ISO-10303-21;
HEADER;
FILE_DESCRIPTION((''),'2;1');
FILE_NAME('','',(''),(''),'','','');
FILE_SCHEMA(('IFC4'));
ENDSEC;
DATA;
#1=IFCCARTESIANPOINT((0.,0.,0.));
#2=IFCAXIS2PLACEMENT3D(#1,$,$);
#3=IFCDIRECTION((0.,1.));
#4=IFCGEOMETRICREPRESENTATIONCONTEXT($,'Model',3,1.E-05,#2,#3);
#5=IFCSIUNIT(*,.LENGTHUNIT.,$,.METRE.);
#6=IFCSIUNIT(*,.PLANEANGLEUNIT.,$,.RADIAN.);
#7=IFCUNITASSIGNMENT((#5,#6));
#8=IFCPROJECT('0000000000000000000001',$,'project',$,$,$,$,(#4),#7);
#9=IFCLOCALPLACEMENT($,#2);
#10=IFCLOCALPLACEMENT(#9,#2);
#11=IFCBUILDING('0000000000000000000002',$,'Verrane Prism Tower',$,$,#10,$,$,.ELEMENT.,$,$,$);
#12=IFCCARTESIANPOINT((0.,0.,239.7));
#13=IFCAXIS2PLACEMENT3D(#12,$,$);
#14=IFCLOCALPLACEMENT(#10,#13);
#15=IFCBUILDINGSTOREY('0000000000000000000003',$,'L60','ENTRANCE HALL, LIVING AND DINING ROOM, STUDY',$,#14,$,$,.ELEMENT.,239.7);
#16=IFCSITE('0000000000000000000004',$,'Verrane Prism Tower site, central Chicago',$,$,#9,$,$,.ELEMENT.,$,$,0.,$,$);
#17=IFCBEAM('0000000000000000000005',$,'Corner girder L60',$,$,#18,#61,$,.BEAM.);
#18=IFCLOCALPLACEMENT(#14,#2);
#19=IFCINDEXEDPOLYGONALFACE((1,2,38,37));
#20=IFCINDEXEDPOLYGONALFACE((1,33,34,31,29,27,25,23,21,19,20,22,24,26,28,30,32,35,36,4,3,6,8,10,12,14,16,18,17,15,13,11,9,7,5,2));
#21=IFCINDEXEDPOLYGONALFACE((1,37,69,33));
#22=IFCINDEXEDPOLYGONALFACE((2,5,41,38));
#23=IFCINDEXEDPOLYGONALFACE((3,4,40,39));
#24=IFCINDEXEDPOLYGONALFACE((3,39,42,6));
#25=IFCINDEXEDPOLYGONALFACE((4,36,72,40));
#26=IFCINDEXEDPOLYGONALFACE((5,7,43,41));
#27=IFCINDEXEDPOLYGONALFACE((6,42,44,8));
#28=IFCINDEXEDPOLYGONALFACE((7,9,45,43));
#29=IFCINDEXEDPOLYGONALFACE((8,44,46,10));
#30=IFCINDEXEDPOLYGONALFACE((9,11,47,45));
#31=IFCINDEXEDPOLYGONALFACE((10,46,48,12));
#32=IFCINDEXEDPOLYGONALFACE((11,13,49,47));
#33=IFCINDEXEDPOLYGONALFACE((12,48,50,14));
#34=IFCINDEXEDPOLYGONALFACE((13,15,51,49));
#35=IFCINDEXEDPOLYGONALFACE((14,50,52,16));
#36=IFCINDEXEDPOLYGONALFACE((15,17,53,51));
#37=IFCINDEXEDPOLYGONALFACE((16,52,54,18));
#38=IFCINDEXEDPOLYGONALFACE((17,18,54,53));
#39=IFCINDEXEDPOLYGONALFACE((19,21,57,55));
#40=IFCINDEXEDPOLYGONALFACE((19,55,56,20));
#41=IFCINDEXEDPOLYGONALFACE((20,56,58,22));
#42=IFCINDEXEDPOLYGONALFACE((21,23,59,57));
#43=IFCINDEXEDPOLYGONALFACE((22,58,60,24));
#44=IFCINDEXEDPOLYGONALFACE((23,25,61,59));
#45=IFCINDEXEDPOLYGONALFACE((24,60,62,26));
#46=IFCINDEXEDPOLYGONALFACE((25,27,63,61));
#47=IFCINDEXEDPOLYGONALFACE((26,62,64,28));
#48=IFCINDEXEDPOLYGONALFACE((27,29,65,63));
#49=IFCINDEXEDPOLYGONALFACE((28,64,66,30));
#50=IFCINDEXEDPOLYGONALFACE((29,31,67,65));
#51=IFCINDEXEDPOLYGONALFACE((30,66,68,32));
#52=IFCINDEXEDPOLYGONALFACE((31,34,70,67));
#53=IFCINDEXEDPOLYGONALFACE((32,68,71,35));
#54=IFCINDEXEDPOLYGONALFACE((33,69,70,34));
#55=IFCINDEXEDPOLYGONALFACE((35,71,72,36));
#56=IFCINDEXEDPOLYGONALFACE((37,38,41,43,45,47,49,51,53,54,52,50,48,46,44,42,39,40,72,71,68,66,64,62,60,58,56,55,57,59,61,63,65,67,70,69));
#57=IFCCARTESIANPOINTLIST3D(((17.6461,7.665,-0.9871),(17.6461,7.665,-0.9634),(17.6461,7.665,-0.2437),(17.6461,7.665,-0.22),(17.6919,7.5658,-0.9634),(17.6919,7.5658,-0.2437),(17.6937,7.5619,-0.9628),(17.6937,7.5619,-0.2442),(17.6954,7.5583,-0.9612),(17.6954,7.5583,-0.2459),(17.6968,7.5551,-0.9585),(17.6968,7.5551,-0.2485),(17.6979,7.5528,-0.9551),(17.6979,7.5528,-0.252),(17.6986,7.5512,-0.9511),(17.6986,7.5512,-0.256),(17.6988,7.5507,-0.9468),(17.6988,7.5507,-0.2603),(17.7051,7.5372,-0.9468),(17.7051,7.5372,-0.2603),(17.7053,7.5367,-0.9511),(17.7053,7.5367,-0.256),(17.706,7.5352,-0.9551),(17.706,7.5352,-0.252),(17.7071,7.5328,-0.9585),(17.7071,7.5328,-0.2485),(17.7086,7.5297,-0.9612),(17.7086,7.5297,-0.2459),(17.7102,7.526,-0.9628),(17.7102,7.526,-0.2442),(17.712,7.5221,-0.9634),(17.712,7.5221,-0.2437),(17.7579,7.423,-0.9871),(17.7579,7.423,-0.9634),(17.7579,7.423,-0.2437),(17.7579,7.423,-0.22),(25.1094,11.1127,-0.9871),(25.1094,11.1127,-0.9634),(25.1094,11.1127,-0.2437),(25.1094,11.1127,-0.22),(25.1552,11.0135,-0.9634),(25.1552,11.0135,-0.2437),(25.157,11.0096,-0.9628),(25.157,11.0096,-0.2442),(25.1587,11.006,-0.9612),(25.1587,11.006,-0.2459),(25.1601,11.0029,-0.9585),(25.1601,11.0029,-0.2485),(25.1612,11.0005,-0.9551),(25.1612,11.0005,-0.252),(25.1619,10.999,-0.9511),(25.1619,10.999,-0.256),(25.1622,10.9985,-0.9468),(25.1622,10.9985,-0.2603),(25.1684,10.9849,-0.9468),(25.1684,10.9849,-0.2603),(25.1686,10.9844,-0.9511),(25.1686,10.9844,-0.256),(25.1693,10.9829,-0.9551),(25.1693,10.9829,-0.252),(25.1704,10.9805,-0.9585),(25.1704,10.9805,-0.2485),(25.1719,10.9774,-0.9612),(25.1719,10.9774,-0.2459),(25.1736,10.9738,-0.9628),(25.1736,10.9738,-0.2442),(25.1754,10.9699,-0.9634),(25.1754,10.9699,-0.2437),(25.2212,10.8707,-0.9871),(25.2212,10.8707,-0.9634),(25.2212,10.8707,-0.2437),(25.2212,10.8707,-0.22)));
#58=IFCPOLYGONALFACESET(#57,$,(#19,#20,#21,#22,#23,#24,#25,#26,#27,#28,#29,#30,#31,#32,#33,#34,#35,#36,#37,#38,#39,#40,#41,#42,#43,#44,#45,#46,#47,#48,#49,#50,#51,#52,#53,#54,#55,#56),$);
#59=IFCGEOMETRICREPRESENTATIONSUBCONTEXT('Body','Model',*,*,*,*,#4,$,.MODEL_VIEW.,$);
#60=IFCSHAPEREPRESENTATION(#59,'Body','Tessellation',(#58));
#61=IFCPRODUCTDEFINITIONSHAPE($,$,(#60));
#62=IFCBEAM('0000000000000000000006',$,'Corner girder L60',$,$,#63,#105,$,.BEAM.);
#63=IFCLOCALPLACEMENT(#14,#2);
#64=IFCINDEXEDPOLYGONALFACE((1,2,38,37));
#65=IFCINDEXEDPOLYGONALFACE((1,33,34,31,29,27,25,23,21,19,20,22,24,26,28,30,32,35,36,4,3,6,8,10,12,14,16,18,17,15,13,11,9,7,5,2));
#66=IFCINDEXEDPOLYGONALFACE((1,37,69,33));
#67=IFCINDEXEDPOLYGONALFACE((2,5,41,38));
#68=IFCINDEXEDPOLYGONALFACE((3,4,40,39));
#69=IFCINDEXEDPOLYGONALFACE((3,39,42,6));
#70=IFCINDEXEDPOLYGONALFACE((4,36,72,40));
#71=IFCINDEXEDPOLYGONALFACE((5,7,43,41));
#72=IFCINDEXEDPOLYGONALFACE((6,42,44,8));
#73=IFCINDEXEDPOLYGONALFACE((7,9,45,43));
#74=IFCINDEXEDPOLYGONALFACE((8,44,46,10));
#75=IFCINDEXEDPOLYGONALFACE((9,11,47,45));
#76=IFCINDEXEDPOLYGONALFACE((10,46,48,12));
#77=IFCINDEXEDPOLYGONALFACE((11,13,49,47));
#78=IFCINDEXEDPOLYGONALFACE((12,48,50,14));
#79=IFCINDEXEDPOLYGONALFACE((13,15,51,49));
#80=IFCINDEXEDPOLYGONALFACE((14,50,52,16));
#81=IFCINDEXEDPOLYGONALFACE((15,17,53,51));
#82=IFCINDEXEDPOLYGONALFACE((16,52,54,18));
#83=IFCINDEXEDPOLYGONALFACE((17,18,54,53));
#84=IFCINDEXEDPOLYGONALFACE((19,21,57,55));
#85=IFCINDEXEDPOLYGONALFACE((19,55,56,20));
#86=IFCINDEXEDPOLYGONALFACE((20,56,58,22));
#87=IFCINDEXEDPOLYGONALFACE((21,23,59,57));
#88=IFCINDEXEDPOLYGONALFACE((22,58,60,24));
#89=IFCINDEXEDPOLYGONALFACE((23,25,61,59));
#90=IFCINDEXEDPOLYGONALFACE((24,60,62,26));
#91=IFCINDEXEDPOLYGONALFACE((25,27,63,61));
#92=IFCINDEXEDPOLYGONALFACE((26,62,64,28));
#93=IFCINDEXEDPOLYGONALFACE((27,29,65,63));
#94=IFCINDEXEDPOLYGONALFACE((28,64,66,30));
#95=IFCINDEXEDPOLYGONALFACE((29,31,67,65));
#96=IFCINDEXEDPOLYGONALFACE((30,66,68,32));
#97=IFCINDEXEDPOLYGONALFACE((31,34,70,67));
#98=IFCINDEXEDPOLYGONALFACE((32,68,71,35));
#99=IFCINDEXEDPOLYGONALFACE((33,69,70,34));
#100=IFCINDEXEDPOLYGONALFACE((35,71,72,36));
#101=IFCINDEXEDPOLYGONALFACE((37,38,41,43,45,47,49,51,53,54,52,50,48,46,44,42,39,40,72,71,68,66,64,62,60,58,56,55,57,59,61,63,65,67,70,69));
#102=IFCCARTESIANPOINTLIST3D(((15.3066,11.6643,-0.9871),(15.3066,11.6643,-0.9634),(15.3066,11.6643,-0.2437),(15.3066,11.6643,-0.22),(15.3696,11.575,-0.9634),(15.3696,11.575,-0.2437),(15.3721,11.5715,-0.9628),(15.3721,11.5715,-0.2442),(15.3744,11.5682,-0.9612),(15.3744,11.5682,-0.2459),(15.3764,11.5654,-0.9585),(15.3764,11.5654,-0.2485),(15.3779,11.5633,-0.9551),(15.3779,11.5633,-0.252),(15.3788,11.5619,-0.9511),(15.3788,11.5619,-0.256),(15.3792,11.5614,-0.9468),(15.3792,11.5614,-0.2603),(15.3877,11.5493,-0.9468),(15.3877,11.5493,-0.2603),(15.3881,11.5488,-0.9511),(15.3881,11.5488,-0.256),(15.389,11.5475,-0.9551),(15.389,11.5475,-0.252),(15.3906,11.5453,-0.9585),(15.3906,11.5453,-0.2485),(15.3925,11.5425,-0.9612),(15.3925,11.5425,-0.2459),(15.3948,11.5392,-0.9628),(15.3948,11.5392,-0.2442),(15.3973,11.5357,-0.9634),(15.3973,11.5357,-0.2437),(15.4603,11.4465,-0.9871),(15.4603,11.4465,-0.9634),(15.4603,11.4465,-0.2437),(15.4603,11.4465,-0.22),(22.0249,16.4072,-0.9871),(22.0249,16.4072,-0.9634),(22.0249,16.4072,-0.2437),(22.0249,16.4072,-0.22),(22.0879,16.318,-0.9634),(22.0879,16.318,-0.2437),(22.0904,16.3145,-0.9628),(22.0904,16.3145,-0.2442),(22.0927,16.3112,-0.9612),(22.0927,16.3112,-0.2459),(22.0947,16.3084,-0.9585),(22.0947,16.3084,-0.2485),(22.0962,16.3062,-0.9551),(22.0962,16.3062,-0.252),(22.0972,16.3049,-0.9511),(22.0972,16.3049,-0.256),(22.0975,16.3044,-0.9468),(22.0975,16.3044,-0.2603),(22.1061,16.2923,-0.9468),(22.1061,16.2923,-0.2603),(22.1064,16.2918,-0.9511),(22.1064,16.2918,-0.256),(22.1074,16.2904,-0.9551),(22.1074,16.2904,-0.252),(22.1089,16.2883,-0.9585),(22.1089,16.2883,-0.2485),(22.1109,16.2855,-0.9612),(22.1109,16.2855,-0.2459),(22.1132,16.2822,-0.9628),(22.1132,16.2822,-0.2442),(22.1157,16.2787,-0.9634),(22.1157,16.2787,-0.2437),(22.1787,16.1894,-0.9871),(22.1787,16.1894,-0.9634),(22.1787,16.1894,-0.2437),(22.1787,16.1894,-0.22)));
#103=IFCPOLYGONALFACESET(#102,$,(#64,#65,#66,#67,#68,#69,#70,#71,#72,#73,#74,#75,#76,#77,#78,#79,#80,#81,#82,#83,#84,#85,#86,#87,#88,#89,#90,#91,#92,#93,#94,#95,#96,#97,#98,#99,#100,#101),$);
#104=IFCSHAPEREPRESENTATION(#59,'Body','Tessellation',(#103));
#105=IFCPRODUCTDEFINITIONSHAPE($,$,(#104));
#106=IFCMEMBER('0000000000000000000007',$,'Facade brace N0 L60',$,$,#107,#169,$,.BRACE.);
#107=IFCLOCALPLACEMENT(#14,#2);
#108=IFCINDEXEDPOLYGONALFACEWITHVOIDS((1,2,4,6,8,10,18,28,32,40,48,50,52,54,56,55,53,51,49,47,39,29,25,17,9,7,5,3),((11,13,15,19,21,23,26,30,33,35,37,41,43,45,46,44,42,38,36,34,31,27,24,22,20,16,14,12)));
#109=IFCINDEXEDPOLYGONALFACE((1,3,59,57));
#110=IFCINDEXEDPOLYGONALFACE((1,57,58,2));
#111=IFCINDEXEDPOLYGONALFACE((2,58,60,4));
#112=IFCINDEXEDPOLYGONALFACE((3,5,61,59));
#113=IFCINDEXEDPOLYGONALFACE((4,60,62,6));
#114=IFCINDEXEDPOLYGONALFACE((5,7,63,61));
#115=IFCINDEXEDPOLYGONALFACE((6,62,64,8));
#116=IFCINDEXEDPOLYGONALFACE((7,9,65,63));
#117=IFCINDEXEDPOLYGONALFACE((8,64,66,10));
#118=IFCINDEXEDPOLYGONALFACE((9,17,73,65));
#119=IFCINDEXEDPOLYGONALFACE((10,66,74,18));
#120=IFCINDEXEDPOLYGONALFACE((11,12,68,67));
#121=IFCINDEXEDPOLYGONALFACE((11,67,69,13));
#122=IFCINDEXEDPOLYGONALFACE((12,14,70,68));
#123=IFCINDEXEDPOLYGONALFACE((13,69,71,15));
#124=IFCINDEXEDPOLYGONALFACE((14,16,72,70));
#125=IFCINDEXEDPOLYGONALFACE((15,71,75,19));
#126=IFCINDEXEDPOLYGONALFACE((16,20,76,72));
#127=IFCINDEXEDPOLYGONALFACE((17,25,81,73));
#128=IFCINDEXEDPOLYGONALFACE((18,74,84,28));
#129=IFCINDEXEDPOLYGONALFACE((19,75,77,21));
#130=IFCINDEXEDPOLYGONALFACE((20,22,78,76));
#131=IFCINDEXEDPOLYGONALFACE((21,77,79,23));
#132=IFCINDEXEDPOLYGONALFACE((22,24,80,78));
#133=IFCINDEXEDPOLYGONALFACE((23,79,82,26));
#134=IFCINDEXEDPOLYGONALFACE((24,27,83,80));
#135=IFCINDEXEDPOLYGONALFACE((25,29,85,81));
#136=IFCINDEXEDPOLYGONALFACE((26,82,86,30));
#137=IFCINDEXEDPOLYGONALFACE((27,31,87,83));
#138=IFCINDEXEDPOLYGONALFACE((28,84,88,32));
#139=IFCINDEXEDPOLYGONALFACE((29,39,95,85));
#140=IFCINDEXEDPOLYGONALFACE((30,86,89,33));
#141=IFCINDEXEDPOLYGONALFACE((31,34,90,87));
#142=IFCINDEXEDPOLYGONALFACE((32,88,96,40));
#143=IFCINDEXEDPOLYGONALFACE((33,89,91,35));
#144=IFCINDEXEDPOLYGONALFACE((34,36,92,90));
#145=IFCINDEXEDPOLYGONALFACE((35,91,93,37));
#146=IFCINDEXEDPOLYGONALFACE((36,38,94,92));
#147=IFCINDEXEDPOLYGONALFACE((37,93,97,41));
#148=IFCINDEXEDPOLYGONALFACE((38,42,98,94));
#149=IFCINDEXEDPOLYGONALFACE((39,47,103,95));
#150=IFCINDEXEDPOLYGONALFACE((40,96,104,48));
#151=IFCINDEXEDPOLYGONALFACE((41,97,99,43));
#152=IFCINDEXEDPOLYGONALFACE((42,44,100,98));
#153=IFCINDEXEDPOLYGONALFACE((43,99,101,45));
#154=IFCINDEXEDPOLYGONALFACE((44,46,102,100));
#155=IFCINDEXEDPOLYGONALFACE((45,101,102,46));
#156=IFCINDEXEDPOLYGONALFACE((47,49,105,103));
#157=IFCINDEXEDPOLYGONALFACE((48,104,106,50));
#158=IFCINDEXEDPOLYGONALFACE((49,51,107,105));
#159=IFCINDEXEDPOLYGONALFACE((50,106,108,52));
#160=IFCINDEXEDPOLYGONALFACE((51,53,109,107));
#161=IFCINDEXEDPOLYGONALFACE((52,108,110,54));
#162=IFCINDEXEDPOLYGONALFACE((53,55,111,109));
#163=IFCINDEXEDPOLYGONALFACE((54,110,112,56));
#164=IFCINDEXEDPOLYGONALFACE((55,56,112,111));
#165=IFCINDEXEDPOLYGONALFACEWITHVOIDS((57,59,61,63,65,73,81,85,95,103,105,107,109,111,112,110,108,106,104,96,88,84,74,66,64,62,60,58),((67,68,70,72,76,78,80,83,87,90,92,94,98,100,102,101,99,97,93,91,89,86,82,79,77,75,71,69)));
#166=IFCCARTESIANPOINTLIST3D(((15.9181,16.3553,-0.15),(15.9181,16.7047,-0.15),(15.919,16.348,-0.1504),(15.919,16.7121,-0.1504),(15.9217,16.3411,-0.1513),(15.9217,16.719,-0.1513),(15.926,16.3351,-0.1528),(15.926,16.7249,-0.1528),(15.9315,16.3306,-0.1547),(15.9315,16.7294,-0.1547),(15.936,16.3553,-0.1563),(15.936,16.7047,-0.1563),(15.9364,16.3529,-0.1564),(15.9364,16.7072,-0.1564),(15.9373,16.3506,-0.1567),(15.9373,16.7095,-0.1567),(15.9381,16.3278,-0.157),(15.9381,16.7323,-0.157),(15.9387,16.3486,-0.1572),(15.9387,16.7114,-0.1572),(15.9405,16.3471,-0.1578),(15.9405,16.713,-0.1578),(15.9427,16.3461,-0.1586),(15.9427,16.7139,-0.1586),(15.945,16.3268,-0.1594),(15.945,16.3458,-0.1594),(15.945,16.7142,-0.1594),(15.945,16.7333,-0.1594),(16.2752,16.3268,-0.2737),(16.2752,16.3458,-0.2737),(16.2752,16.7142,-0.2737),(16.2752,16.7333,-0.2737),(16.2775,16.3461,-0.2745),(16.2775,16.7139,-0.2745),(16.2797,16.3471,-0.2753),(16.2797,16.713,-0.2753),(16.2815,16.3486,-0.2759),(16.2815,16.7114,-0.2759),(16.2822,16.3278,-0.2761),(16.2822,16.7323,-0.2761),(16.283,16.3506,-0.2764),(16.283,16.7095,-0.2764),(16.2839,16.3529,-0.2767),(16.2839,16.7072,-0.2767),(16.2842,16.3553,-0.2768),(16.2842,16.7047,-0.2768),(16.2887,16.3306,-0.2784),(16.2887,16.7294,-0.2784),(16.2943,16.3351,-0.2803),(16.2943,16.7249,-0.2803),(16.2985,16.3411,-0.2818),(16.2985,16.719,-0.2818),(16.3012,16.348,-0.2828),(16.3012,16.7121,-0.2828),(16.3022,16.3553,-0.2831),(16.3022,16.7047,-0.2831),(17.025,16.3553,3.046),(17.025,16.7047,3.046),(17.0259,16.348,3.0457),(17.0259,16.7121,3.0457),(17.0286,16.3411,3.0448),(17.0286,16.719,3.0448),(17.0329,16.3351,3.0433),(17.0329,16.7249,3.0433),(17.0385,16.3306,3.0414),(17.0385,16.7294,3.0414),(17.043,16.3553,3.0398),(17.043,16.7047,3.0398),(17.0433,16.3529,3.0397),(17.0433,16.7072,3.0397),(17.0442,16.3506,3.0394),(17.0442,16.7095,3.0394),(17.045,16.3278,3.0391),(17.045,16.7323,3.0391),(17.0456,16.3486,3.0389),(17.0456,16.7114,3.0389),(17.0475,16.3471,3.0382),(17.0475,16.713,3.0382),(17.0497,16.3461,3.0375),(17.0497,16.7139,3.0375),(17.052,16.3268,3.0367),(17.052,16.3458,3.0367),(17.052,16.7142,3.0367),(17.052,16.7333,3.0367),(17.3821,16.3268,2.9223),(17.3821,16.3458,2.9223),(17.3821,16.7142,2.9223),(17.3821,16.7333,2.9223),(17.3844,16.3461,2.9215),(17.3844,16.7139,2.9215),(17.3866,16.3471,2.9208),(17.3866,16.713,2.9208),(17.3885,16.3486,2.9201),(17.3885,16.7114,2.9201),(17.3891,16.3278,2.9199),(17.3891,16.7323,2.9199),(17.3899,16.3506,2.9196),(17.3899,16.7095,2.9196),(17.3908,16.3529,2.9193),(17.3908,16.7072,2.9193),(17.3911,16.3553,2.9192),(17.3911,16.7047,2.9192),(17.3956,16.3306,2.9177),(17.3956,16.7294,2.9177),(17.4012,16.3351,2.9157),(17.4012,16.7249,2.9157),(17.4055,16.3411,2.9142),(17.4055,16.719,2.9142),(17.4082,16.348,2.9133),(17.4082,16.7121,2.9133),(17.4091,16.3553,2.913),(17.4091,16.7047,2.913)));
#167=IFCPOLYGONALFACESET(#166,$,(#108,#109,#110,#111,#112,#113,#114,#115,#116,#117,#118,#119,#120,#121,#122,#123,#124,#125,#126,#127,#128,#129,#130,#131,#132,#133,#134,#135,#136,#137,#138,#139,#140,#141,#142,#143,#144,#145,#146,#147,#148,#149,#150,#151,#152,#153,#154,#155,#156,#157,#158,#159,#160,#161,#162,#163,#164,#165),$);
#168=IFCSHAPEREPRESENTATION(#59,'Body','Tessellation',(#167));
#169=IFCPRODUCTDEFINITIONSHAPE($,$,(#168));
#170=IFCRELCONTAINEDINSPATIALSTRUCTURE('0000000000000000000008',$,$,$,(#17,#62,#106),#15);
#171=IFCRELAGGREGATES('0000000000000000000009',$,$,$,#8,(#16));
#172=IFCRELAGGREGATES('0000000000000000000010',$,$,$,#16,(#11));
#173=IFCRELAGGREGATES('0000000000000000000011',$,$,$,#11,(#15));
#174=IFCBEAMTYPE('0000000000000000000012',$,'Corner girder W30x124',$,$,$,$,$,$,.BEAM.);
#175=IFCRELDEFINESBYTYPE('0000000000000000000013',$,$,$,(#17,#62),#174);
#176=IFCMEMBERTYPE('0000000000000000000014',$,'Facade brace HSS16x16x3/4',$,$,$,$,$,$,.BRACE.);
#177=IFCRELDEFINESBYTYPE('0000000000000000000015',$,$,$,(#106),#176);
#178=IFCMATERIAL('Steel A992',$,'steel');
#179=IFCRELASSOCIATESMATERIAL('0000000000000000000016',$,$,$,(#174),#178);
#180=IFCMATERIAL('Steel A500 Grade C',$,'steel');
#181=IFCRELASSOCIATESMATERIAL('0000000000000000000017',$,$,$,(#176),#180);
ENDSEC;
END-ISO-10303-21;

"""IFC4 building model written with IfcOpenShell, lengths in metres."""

from ifc_helpers import new_model, si_unit, direction, frame, origin, origin_2d, place, context, subcontext, project, spatial, hollow_rectangle, i_section, extrude, material, material_profile, profile_set, type_object, element, save


model = new_model("IFC4")

# Units and contexts
model_context = context("Model", 3, precision=1e-05, world=origin(), true_north=direction((0.0, 1.0)))
body_context = subcontext(model_context, "Body", "Model", "MODEL_VIEW")
ifc_project = project(units=[si_unit("LENGTHUNIT", "METRE"), si_unit("PLANEANGLEUNIT", "RADIAN")], contexts=[model_context])

# Site, building, storey
site_placement = place(None, origin())
site = spatial("IfcSite", under=ifc_project, at=site_placement, Name="Verrane Prism Tower site, central Chicago", CompositionType="ELEMENT", RefElevation=0.0)
building_placement = place(site_placement, origin())
building = spatial("IfcBuilding", under=site, at=building_placement, Name="Verrane Prism Tower", CompositionType="ELEMENT")
storey_placement = place(building_placement, frame((0.0, 0.0, 239.7)))
storey = spatial("IfcBuildingStorey", under=building, at=storey_placement, Name="L60", Description="ENTRANCE HALL, LIVING AND DINING ROOM, STUDY", CompositionType="ELEMENT", Elevation=239.7)

# Beams
ifc_material_1 = material(Name="Steel A992", Category="steel")
ifc_material_profile_1 = material_profile(ifc_material_1, i_section(OverallWidth=0.2666, OverallDepth=0.7671, WebThickness=0.0149, FlangeThickness=0.0237, FilletRadius=0.0166, at=origin_2d()), Name="W30x124")
ifc_profile_set_1 = profile_set([ifc_material_profile_1], Name="Steel A992")
beam_type_1 = type_object("IfcBeamType", Name="Corner girder W30x124", PredefinedType="BEAM", material=ifc_profile_set_1)
beam_1_placement = place(storey_placement, frame((25.1653, 10.9917, -0.6035), z_axis=(-0.907815, -0.419371, 0.0), x_axis=(0.419371, -0.907815, 0.0)))
element("IfcBeam", 1, at=beam_1_placement, inside=storey, type_object=beam_type_1, Name="Corner girder L60", PredefinedType="BEAM", context=body_context, shape_type="SweptSolid", body=[
    extrude(i_section(OverallWidth=0.2666, OverallDepth=0.7671, WebThickness=0.0149, FlangeThickness=0.0237, FilletRadius=0.0166, at=origin_2d()), origin(), (0.0, 0.0, 1.0), 8.2212),
])
beam_2_placement = place(storey_placement, frame((22.1018, 16.2983, -0.6035), z_axis=(-0.816932, -0.576733, 0.0), x_axis=(0.576733, -0.816932, 0.0)))
element("IfcBeam", 2, at=beam_2_placement, inside=storey, type_object=beam_type_1, Name="Corner girder L60", PredefinedType="BEAM", context=body_context, shape_type="SweptSolid", body=[
    extrude(i_section(OverallWidth=0.2666, OverallDepth=0.7671, WebThickness=0.0149, FlangeThickness=0.0237, FilletRadius=0.0166, at=origin_2d()), origin(), (0.0, 0.0, 1.0), 8.2239),
])

# Member
ifc_material_2 = material(Name="Steel A500 Grade C", Category="steel")
ifc_material_profile_2 = material_profile(ifc_material_2, hollow_rectangle(XDim=0.4065, YDim=0.4065, WallThickness=0.019, InnerFilletRadius=0.0095, OuterFilletRadius=0.0286, at=origin_2d()), Name="HSS16x16x3/4")
ifc_profile_set_2 = profile_set([ifc_material_profile_2], Name="Steel A500 Grade C")
member_type_1 = type_object("IfcMemberType", Name="Facade brace HSS16x16x3/4", PredefinedType="BRACE", material=ifc_profile_set_2)
member_1_placement = place(storey_placement, frame((16.1101, 16.53, -0.2166), z_axis=(0.327272, 0.0, 0.94493), x_axis=(0.0, 1.0, 0.0)))
element("IfcMember", 3, at=member_1_placement, inside=storey, type_object=member_type_1, Name="Facade brace N0 L60", PredefinedType="BRACE", context=body_context, shape_type="SweptSolid", body=[
    extrude(hollow_rectangle(XDim=0.4065, YDim=0.4065, WallThickness=0.019, InnerFilletRadius=0.0095, OuterFilletRadius=0.0286, at=origin_2d()), origin(), (0.0, 0.0, 1.0), 3.3823),
])

save(model, "model.ifc")
